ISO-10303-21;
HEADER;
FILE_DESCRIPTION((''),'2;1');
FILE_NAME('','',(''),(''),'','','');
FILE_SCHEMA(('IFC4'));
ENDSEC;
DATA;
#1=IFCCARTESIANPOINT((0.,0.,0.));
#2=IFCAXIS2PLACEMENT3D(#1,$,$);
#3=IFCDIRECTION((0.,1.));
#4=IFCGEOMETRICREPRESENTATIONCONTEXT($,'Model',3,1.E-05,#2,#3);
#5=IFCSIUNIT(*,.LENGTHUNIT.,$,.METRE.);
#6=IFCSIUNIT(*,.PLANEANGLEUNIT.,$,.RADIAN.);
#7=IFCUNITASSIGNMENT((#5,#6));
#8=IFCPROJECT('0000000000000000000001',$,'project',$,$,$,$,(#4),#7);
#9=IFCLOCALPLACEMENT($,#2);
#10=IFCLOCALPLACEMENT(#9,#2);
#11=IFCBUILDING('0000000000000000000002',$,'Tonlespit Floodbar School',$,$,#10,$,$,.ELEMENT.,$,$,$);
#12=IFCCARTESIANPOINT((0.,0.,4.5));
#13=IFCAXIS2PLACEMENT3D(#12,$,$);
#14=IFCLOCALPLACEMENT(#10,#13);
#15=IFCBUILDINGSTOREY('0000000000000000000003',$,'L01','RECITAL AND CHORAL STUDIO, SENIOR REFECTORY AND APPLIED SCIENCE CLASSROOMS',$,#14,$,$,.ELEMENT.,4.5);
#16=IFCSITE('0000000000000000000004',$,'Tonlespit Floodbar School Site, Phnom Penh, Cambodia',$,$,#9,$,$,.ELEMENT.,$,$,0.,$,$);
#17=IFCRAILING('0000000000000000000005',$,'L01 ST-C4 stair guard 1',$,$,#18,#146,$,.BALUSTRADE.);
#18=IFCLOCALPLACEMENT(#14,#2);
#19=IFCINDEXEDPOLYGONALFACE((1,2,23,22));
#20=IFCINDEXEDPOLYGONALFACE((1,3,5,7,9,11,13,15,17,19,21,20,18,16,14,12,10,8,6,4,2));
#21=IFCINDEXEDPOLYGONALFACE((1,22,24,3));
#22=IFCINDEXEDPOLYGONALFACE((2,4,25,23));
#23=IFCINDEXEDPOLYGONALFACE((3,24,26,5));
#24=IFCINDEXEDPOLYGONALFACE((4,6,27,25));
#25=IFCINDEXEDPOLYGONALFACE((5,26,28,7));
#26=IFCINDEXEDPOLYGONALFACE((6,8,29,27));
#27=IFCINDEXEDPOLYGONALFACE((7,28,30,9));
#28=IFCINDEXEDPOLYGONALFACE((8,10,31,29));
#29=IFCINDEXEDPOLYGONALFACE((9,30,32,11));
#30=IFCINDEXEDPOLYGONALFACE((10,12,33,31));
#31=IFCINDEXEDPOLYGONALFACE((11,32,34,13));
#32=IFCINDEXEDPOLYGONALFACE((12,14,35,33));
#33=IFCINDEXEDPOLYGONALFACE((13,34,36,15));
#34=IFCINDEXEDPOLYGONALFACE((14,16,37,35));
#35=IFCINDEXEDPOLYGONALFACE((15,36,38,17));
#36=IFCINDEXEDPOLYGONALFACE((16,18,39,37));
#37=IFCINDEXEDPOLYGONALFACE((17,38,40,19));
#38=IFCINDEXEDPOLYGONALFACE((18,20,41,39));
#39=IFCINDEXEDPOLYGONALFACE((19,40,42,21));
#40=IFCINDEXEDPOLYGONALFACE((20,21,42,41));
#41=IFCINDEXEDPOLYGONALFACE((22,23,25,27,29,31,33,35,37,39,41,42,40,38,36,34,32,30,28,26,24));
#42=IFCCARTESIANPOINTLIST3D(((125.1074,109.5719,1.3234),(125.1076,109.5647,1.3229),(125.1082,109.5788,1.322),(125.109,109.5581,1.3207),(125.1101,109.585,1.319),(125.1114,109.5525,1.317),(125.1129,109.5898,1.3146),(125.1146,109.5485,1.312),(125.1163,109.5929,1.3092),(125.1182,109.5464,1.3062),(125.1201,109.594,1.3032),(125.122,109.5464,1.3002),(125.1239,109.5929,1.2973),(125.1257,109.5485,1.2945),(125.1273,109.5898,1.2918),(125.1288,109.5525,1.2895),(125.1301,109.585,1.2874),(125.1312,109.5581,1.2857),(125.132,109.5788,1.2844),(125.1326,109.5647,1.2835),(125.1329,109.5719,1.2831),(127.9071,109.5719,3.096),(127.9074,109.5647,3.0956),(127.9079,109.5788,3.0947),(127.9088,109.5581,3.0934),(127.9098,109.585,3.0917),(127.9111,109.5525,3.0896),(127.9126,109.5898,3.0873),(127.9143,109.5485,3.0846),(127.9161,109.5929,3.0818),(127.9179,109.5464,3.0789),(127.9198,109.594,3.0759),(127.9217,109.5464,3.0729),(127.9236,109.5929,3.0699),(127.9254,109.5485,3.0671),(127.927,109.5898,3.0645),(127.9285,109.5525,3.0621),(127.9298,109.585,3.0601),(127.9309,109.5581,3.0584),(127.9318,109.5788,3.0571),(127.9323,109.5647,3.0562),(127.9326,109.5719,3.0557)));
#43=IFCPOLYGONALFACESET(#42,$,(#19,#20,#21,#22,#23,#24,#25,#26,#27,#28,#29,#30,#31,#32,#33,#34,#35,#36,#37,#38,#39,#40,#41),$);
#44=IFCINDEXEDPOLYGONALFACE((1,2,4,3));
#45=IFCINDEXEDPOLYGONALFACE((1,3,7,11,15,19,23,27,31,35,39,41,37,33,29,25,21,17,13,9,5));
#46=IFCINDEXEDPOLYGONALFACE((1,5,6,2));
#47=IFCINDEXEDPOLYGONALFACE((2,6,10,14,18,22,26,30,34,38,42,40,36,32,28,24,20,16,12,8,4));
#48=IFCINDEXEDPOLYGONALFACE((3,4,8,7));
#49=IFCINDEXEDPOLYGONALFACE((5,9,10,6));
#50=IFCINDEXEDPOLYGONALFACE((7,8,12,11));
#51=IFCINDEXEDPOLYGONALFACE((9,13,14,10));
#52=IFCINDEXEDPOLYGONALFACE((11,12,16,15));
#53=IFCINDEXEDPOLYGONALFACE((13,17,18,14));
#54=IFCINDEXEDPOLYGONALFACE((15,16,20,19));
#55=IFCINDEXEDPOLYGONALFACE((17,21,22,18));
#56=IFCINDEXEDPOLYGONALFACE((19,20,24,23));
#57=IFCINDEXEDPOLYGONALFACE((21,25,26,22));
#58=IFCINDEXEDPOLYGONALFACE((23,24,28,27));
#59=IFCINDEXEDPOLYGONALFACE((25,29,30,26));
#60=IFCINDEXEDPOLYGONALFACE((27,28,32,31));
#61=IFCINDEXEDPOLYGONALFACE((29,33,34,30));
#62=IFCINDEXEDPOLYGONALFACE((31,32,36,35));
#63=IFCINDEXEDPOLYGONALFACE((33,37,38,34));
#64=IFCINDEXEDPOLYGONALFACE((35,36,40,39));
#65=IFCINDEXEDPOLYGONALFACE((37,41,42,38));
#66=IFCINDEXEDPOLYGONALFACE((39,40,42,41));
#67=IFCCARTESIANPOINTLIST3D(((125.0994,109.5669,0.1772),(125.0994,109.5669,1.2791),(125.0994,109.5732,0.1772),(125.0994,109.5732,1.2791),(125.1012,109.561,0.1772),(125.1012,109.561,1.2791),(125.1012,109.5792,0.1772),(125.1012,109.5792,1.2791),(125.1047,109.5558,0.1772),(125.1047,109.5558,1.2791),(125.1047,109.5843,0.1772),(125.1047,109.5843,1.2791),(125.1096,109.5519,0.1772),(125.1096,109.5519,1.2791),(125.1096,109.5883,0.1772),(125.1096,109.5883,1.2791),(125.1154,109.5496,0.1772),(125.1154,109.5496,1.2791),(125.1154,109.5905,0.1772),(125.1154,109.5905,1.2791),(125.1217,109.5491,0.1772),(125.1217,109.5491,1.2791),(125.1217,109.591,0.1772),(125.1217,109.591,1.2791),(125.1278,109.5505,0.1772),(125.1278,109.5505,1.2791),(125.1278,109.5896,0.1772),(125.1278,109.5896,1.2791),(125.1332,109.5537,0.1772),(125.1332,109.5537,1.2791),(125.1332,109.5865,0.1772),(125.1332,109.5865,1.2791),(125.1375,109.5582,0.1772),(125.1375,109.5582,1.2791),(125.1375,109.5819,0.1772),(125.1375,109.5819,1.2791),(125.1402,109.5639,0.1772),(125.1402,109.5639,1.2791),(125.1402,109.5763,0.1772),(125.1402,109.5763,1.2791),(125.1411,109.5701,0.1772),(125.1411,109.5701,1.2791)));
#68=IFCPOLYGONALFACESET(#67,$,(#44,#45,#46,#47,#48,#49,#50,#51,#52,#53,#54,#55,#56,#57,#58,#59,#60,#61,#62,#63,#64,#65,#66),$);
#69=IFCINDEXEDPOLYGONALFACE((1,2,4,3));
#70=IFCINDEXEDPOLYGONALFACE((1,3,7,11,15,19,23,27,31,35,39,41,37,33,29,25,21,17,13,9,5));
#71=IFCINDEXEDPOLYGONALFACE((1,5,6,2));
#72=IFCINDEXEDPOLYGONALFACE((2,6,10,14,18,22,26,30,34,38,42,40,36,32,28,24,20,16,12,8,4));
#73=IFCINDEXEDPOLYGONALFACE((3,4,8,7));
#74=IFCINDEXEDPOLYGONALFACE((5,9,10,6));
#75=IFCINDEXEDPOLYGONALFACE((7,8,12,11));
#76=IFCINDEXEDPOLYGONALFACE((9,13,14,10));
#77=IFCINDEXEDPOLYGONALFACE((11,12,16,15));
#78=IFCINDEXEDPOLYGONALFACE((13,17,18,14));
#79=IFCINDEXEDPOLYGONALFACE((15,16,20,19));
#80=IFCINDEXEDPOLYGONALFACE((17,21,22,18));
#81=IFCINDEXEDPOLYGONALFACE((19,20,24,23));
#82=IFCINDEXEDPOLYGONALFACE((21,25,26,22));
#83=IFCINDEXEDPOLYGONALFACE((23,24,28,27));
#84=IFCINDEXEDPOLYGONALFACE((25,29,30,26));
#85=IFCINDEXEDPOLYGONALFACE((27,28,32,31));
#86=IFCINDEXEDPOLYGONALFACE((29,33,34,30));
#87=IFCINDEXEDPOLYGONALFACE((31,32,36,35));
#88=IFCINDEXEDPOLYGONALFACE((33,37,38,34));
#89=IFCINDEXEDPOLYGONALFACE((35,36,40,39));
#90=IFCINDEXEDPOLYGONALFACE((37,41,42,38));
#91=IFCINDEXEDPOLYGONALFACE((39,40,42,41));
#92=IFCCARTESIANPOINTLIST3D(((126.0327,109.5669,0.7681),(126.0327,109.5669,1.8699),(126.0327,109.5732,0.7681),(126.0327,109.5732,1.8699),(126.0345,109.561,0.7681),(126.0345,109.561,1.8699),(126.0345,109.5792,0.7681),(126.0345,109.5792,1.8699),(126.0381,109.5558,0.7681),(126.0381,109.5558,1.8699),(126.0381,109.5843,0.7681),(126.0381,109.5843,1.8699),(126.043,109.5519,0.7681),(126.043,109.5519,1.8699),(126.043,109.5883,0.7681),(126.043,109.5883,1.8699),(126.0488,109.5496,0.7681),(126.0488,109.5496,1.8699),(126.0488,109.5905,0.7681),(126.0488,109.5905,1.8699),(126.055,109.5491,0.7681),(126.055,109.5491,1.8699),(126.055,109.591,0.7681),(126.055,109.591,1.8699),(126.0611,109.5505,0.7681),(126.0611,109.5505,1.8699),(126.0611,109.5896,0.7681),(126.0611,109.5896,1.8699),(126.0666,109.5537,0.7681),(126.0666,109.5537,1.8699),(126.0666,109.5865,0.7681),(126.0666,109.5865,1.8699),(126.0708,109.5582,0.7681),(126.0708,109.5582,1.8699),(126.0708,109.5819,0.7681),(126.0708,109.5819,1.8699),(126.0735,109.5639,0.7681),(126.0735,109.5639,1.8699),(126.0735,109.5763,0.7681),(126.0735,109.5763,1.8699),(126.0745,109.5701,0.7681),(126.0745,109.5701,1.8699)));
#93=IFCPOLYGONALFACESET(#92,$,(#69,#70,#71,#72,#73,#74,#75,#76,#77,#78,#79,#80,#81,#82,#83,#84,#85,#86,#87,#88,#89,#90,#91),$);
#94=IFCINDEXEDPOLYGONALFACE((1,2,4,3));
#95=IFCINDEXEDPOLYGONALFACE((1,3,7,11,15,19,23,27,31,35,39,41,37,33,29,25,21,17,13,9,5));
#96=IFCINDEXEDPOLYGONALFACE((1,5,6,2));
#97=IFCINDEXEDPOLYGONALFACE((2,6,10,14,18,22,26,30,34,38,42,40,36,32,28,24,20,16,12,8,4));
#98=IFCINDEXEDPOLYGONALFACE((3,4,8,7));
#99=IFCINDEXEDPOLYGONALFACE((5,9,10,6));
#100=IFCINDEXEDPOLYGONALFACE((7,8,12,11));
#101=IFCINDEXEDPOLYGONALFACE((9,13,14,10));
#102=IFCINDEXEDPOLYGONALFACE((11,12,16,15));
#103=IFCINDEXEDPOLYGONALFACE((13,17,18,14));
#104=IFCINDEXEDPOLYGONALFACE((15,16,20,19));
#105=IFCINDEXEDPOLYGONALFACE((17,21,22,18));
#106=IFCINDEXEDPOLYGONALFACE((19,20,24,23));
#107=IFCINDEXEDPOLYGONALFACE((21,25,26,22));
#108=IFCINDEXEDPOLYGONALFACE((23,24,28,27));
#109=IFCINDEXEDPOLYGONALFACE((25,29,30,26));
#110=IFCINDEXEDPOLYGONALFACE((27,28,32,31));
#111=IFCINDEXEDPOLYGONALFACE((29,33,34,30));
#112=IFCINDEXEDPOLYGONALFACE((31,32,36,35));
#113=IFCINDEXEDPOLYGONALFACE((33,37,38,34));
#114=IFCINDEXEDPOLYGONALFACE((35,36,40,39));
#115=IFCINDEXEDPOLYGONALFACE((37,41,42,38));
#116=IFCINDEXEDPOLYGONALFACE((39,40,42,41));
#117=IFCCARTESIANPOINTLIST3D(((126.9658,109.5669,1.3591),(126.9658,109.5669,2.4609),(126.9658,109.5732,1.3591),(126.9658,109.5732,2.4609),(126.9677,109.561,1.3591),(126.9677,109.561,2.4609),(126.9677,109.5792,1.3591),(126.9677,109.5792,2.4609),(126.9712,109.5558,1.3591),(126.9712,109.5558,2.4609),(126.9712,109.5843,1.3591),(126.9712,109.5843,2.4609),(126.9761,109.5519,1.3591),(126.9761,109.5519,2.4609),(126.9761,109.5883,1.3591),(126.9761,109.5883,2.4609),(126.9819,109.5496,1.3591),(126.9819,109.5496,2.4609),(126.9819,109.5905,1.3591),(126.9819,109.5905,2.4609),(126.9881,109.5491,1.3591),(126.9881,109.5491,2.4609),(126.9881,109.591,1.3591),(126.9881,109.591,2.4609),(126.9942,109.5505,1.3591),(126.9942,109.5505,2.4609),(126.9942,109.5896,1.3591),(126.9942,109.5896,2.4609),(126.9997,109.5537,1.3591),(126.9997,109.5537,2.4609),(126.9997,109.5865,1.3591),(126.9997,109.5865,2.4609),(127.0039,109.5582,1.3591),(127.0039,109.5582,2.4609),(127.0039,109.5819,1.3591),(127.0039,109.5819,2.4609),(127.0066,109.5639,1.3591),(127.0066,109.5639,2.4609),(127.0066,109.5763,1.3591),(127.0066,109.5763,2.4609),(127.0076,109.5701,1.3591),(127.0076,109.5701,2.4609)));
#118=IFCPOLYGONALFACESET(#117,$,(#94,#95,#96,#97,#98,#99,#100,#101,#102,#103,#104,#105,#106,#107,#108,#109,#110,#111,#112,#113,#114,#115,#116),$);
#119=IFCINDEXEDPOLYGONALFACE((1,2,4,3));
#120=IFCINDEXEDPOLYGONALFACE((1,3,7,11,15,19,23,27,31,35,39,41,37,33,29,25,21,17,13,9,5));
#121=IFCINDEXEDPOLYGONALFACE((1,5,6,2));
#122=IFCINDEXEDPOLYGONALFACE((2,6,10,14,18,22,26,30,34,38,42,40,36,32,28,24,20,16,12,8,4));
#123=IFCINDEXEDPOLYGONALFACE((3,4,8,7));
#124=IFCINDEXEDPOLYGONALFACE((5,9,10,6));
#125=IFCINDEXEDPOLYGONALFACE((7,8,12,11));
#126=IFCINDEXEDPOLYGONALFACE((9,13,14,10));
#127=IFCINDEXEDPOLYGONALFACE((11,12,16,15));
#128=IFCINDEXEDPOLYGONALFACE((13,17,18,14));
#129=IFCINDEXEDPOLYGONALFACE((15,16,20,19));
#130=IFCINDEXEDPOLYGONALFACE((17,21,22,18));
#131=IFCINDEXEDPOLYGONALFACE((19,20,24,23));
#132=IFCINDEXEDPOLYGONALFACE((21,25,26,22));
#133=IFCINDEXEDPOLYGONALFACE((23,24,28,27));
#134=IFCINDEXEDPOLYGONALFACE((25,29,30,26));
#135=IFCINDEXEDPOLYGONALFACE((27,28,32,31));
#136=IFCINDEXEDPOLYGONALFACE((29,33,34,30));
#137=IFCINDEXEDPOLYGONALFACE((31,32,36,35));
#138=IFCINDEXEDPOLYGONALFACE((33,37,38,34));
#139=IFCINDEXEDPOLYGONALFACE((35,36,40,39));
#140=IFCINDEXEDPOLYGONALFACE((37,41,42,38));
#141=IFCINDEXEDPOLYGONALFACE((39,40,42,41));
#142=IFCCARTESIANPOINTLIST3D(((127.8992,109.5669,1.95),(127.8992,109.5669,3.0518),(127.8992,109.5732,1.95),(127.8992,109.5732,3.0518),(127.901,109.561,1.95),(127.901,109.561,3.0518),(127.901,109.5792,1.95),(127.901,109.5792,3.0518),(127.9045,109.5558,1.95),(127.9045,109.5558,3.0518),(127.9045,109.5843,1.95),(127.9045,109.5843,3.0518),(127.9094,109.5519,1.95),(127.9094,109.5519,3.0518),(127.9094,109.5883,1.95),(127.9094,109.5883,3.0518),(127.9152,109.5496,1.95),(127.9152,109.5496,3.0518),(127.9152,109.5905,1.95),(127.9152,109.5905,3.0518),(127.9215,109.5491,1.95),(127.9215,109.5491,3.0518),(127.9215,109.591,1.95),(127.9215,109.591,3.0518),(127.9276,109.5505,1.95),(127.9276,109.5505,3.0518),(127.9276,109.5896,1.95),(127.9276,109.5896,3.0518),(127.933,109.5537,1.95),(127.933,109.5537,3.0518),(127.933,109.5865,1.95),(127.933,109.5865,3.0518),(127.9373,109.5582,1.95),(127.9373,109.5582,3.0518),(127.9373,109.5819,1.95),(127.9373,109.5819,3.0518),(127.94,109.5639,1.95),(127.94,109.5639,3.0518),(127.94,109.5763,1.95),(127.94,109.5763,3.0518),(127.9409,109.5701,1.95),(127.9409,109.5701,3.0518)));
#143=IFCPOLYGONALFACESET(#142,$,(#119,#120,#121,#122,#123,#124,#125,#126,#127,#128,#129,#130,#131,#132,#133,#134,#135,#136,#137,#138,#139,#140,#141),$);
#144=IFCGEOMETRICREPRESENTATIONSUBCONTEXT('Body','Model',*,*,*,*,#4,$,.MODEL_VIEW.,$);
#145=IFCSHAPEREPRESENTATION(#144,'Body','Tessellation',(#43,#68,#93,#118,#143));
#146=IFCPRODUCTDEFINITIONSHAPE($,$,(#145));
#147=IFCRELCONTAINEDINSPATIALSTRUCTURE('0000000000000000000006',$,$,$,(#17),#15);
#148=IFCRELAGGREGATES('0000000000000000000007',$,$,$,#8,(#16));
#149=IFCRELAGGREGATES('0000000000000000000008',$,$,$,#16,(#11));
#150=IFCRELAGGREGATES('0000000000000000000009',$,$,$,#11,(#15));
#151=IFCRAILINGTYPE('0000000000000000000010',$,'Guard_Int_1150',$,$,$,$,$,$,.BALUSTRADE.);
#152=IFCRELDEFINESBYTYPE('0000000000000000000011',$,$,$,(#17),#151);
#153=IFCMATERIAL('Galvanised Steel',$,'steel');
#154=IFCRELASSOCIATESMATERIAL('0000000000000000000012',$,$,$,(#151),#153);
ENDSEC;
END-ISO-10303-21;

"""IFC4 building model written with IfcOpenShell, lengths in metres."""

from ifc_helpers import new_model, si_unit, direction, frame, origin, origin_2d, place, context, subcontext, project, spatial, circle, extrude, material, type_object, element, save


model = new_model("IFC4")

# Units and contexts
model_context = context("Model", 3, precision=1e-05, world=origin(), true_north=direction((0.0, 1.0)))
body_context = subcontext(model_context, "Body", "Model", "MODEL_VIEW")
ifc_project = project(units=[si_unit("LENGTHUNIT", "METRE"), si_unit("PLANEANGLEUNIT", "RADIAN")], contexts=[model_context])

# Site, building, storey
site_placement = place(None, origin())
site = spatial("IfcSite", under=ifc_project, at=site_placement, Name="Tonlespit Floodbar School Site, Phnom Penh, Cambodia", CompositionType="ELEMENT", RefElevation=0.0)
building_placement = place(site_placement, origin())
building = spatial("IfcBuilding", under=site, at=building_placement, Name="Tonlespit Floodbar School", CompositionType="ELEMENT")
storey_placement = place(building_placement, frame((0.0, 0.0, 4.5)))
storey = spatial("IfcBuildingStorey", under=building, at=storey_placement, Name="L01", Description="RECITAL AND CHORAL STUDIO, SENIOR REFECTORY AND APPLIED SCIENCE CLASSROOMS", CompositionType="ELEMENT", Elevation=4.5)

# Railing
ifc_material_1 = material(Name="Galvanised Steel", Category="steel")
railing_type_1 = type_object("IfcRailingType", Name="Guard_Int_1150", PredefinedType="BALUSTRADE", material=ifc_material_1)
railing_1_placement = place(storey_placement, frame((125.1201, 109.5701, 0.1772)))
element("IfcRailing", 1, at=railing_1_placement, inside=storey, type_object=railing_type_1, Name="L01 ST-C4 stair guard 1", PredefinedType="BALUSTRADE", context=body_context, shape_type="SweptSolid", body=[
    extrude(circle(Radius=0.0239, at=origin_2d()), frame((0.0, 0.0, 1.126), z_axis=(0.844888, 0.0, 0.534943), x_axis=(0.0, 1.0, 0.0)), (0.0, 0.0, 1.0), 3.3137),
    extrude(circle(Radius=0.021, at=origin_2d()), origin(), (0.0, 0.0, 1.0), 1.1018),
    extrude(circle(Radius=0.021, at=origin_2d()), frame((0.9333, 0.0, 0.5908)), (0.0, 0.0, 1.0), 1.1018),
    extrude(circle(Radius=0.021, at=origin_2d()), frame((1.8665, 0.0, 1.1819)), (0.0, 0.0, 1.0), 1.1018),
    extrude(circle(Radius=0.021, at=origin_2d()), frame((2.7998, 0.0, 1.7727)), (0.0, 0.0, 1.0), 1.1018),
])

save(model, "model.ifc")
